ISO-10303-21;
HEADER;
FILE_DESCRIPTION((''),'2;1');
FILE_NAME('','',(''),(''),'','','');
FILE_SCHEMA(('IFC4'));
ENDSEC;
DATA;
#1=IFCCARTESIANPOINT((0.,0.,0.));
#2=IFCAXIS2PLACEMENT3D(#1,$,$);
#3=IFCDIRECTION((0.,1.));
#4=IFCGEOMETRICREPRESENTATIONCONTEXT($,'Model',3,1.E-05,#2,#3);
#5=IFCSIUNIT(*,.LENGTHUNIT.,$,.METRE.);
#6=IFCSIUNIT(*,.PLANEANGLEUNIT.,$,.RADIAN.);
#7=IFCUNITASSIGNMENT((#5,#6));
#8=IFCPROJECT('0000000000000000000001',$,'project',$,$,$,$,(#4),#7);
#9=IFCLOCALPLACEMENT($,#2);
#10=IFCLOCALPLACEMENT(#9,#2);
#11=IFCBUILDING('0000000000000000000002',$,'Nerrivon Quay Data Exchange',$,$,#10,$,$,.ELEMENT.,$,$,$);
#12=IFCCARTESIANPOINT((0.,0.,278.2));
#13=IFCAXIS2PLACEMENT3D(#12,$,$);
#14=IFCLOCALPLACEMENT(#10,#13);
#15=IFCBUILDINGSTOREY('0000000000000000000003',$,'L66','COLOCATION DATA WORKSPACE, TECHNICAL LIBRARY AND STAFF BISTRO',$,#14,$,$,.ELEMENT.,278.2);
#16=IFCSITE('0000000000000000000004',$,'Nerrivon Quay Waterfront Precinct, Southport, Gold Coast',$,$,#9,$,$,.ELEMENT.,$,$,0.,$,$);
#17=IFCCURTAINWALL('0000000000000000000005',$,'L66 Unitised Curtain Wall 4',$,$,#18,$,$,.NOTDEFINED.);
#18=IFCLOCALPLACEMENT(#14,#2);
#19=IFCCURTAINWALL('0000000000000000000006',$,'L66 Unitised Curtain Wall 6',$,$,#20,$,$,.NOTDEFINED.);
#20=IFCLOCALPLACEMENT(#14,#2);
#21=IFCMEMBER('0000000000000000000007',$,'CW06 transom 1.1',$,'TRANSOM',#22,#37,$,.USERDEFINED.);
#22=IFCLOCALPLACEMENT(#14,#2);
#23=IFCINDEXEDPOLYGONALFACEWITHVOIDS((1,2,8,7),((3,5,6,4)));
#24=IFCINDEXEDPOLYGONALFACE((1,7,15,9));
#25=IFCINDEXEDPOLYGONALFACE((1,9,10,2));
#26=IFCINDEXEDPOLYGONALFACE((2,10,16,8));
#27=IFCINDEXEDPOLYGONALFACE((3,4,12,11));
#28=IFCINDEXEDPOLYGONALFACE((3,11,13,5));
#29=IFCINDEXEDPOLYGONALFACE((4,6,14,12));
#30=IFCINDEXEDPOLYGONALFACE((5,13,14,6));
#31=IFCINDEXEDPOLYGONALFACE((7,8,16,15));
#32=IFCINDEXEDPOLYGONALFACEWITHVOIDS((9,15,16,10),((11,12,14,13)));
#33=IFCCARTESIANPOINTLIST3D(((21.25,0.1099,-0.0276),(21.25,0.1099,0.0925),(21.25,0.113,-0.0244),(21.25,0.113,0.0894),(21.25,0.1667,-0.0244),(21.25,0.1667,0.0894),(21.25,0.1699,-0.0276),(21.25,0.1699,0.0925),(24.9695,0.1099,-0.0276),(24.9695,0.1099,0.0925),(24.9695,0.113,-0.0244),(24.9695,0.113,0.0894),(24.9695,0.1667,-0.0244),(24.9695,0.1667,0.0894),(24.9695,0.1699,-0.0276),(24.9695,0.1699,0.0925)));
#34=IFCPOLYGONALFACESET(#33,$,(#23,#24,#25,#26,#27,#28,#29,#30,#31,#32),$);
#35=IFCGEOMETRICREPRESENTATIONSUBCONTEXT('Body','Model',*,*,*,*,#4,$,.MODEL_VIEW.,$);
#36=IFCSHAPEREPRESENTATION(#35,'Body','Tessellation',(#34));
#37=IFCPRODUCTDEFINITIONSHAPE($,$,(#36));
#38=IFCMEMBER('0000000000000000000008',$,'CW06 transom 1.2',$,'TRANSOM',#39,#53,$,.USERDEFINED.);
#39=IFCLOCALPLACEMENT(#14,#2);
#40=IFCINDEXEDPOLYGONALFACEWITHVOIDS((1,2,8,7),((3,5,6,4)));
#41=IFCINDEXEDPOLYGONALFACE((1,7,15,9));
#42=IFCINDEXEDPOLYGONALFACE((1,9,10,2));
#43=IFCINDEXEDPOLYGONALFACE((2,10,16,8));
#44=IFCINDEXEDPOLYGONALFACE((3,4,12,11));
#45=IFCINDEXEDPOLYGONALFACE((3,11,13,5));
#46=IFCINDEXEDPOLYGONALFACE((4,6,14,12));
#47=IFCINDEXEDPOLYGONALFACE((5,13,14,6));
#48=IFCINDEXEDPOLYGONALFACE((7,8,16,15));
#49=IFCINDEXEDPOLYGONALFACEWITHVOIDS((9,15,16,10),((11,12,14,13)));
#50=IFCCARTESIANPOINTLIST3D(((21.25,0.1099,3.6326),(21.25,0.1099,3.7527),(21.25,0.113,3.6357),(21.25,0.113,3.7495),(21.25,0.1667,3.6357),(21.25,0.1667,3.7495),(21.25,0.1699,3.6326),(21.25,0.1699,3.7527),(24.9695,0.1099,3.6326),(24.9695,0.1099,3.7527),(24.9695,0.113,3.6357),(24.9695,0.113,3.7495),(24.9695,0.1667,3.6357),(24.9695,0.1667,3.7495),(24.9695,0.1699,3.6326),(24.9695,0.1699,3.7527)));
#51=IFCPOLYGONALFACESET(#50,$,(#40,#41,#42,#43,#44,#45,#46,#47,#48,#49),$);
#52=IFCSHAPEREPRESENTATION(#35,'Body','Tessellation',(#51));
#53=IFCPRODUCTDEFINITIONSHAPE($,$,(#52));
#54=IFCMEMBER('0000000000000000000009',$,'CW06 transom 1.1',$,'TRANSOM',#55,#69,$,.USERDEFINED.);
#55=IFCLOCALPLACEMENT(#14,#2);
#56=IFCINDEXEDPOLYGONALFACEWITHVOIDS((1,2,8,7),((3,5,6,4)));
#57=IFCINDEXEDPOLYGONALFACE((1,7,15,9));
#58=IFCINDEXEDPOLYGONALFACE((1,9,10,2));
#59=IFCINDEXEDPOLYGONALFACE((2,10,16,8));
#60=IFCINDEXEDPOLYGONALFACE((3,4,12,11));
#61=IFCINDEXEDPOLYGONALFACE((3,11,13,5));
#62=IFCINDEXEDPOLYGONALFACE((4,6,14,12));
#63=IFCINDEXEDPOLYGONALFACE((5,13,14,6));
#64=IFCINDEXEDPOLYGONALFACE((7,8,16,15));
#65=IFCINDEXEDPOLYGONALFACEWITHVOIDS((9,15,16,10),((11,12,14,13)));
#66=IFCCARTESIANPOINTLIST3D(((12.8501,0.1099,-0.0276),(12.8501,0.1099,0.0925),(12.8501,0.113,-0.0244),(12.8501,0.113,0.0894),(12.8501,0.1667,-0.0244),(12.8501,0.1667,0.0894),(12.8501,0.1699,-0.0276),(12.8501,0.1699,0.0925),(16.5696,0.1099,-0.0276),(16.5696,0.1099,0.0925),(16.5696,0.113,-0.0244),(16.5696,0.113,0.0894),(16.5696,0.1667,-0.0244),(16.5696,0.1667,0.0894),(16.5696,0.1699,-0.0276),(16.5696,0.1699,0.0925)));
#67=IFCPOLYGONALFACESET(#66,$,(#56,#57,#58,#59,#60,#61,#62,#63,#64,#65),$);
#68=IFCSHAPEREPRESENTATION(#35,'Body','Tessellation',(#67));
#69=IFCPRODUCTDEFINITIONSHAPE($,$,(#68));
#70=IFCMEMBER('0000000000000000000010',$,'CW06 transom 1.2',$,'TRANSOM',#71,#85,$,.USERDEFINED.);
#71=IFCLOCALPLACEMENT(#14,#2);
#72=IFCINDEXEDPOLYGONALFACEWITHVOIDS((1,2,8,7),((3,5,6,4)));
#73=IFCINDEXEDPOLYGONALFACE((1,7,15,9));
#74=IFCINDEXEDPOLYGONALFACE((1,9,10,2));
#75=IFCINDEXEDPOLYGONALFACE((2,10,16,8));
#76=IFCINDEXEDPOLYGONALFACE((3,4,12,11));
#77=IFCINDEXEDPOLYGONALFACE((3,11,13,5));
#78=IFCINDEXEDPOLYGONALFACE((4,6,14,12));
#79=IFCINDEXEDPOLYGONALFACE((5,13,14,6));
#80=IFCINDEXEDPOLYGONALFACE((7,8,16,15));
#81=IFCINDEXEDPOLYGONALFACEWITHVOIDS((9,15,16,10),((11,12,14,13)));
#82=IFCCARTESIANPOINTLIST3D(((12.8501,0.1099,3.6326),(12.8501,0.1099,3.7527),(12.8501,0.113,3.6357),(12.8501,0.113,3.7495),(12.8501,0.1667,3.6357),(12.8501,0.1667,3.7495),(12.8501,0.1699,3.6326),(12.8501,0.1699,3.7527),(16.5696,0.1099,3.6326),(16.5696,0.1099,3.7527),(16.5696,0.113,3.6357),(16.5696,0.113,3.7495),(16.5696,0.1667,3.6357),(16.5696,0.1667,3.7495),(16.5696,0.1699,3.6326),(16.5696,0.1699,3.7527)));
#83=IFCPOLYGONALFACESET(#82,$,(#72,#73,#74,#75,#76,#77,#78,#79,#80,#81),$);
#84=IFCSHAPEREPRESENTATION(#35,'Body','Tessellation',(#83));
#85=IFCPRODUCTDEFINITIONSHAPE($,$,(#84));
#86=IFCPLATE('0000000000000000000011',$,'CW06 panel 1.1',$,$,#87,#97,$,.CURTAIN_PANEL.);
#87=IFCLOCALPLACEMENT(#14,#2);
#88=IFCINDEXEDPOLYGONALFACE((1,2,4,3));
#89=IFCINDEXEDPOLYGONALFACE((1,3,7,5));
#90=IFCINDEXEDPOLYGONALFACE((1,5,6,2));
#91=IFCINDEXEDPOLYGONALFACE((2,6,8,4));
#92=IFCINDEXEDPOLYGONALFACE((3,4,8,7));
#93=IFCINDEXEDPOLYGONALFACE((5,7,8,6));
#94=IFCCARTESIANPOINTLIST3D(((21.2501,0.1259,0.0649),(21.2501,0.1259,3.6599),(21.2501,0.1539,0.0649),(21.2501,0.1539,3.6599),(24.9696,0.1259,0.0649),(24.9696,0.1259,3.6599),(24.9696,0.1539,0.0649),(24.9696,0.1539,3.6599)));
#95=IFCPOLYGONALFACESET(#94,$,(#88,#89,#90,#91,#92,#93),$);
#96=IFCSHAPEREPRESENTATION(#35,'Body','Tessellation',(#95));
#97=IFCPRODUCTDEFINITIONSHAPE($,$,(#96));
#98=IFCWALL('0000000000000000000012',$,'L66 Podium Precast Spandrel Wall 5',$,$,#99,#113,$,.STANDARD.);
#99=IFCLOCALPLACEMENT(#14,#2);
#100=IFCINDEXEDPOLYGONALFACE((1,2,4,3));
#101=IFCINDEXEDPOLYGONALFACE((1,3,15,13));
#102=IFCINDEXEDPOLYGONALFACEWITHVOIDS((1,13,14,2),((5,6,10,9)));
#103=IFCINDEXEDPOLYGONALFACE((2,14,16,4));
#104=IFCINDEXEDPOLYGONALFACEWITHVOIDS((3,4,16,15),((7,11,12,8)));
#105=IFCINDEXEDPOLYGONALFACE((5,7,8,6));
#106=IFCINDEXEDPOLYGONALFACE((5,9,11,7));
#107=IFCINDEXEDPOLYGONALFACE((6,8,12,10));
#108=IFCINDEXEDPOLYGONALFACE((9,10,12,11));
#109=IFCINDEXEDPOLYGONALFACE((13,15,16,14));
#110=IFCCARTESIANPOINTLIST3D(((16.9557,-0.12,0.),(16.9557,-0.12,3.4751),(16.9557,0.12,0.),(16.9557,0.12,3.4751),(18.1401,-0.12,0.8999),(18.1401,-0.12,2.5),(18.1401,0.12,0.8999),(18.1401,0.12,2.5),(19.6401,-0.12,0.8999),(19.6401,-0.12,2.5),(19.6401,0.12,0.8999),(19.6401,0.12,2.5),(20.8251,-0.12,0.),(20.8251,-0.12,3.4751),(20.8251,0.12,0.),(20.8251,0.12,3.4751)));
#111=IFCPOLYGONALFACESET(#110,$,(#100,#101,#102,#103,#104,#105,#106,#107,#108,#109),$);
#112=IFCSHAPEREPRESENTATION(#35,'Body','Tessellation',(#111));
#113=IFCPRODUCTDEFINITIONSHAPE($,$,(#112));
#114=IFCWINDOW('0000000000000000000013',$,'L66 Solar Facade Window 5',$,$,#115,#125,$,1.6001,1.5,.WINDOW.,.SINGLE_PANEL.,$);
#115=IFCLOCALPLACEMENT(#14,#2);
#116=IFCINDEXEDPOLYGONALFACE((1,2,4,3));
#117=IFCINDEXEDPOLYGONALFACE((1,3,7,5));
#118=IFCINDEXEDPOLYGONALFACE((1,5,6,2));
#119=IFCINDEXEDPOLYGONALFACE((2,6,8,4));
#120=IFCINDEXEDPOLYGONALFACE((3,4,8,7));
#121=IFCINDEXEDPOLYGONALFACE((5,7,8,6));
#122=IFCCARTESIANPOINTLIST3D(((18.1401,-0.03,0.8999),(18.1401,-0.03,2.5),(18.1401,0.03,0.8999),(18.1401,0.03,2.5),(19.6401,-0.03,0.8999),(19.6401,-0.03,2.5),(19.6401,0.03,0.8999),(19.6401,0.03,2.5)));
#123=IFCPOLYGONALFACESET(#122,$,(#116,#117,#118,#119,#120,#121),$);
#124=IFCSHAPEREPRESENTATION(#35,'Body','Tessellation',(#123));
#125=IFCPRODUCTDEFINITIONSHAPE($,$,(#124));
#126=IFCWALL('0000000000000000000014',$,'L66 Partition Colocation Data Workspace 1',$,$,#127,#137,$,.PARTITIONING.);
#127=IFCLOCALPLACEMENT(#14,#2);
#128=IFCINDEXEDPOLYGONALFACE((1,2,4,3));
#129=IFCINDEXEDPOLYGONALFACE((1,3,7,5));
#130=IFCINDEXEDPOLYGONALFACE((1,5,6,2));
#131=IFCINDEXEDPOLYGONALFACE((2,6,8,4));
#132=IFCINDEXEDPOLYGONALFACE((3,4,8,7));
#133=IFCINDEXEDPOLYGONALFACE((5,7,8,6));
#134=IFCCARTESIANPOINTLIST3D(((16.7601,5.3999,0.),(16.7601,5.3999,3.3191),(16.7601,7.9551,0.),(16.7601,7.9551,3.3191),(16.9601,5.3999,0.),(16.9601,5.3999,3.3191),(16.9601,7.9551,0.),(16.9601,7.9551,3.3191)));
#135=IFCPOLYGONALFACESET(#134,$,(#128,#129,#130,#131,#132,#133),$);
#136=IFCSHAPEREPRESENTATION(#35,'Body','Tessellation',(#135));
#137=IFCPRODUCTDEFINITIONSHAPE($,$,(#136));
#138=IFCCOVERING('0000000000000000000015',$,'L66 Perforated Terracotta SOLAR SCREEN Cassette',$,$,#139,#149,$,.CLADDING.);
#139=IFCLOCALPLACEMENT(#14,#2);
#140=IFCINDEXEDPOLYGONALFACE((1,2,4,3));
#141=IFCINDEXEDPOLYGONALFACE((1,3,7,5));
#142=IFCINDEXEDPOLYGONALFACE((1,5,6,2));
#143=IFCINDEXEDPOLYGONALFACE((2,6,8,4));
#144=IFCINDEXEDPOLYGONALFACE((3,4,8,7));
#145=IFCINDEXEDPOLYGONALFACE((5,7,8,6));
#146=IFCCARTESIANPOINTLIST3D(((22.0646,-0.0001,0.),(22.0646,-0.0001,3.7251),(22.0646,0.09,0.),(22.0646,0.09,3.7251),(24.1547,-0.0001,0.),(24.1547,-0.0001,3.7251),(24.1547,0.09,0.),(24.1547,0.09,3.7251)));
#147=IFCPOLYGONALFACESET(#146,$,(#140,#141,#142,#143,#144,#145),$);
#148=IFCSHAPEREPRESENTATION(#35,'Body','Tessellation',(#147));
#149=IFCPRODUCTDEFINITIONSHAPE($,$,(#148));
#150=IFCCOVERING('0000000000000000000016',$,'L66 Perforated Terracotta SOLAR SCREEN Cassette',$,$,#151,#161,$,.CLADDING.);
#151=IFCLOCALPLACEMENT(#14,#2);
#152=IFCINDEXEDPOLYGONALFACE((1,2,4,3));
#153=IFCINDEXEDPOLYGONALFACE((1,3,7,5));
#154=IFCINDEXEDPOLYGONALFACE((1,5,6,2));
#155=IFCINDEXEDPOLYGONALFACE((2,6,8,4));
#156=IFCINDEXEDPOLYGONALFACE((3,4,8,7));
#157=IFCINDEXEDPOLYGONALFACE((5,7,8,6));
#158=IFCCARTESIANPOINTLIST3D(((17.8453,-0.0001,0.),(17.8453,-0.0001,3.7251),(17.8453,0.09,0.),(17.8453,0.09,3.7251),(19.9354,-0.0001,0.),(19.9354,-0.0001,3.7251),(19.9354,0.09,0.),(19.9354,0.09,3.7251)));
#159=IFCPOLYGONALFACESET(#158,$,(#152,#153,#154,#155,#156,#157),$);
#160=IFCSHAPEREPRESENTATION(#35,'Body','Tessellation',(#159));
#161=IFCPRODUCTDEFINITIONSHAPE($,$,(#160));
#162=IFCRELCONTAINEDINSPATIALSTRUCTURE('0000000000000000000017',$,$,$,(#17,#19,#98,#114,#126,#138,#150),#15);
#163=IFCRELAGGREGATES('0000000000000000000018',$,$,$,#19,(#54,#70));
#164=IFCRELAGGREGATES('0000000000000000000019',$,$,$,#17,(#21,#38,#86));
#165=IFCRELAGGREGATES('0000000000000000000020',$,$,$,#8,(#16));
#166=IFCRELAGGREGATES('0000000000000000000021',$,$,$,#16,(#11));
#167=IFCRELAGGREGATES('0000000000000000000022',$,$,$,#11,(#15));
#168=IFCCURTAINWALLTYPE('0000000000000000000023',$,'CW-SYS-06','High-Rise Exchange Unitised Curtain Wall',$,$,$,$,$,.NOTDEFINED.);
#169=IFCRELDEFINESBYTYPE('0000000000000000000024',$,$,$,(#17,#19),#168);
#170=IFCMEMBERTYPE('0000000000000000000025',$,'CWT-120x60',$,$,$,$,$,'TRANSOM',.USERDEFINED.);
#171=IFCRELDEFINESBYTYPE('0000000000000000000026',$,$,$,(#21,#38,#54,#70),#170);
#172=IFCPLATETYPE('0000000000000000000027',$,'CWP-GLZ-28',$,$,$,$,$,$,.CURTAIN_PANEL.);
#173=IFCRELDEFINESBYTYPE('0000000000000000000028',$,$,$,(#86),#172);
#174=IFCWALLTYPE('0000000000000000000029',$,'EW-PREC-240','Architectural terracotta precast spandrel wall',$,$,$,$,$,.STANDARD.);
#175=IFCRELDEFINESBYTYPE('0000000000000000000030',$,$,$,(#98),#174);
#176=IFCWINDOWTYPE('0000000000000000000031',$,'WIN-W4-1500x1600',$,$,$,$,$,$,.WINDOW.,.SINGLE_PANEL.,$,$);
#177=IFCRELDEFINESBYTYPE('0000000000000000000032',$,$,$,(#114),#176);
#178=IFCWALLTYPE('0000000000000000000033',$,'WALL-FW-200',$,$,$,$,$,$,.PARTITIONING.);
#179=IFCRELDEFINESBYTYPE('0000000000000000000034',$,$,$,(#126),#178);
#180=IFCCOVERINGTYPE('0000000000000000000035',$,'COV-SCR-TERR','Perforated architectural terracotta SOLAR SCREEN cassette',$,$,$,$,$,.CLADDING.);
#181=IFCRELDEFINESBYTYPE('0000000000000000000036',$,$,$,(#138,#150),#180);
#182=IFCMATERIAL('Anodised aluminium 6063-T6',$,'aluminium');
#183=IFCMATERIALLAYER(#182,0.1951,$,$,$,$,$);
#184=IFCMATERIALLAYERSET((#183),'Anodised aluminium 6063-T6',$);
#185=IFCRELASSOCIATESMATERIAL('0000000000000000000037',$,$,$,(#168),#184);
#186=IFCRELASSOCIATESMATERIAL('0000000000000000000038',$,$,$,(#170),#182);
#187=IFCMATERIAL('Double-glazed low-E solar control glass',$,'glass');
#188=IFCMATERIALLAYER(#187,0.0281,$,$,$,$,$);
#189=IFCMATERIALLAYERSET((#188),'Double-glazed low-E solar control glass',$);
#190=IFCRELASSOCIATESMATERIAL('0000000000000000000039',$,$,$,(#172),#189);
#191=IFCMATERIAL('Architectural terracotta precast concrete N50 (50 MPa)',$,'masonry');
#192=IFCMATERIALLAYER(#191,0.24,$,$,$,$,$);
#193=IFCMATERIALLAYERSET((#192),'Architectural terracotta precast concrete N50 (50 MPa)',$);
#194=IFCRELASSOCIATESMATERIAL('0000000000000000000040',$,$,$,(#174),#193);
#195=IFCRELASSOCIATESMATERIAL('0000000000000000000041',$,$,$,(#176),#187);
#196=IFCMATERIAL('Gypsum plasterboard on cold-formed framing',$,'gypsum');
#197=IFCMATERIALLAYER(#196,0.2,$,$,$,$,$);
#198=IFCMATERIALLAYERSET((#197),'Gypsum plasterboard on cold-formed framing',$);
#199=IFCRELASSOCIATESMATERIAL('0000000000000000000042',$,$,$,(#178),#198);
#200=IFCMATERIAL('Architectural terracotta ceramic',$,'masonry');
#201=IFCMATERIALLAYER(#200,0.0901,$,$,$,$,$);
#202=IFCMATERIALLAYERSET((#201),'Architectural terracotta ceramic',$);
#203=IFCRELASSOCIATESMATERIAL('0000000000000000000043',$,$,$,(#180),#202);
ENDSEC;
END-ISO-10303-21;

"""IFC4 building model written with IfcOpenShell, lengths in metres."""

from ifc_helpers import new_model, si_unit, direction, frame, frame_2d, origin, origin_2d, place, context, subcontext, project, spatial, rectangle, hollow_rectangle, extrude, material, layer, layer_set, material_profile, profile_set, type_object, element, fill, aggregate, save


model = new_model("IFC4")

# Units and contexts
model_context = context("Model", 3, precision=1e-05, world=origin(), true_north=direction((0.0, 1.0)))
body_context = subcontext(model_context, "Body", "Model", "MODEL_VIEW")
ifc_project = project(units=[si_unit("LENGTHUNIT", "METRE"), si_unit("PLANEANGLEUNIT", "RADIAN")], contexts=[model_context])

# Site, building, storey
site_placement = place(None, origin())
site = spatial("IfcSite", under=ifc_project, at=site_placement, Name="Nerrivon Quay Waterfront Precinct, Southport, Gold Coast", CompositionType="ELEMENT", RefElevation=0.0)
building_placement = place(site_placement, origin())
building = spatial("IfcBuilding", under=site, at=building_placement, Name="Nerrivon Quay Data Exchange", CompositionType="ELEMENT")
storey_placement = place(building_placement, frame((0.0, 0.0, 278.2)))
storey = spatial("IfcBuildingStorey", under=building, at=storey_placement, Name="L66", Description="COLOCATION DATA WORKSPACE, TECHNICAL LIBRARY AND STAFF BISTRO", CompositionType="ELEMENT", Elevation=278.2)

# Curtain wall
ifc_material_1 = material(Name="Anodised aluminium 6063-T6", Category="aluminium")
ifc_layer_1 = layer(ifc_material_1, 0.1951)
ifc_layer_set_1 = layer_set([ifc_layer_1], Name="Anodised aluminium 6063-T6")
curtain_wall_type = type_object("IfcCurtainWallType", Name="CW-SYS-06", Description="High-Rise Exchange Unitised Curtain Wall", PredefinedType="NOTDEFINED", material=ifc_layer_set_1)
curtain_wall_1_placement = place(storey_placement, origin())
curtain_wall_1 = element("IfcCurtainWall", 1, at=curtain_wall_1_placement, inside=storey, type_object=curtain_wall_type, Name="L66 Unitised Curtain Wall 4", PredefinedType="NOTDEFINED")

# Curtain wall
curtain_wall_2_placement = place(storey_placement, origin())
curtain_wall_2 = element("IfcCurtainWall", 2, at=curtain_wall_2_placement, inside=storey, type_object=curtain_wall_type, Name="L66 Unitised Curtain Wall 6", PredefinedType="NOTDEFINED")

# Members
ifc_material_profile_1 = material_profile(ifc_material_1, hollow_rectangle(XDim=0.0601, YDim=0.1201, WallThickness=0.0032, at=origin_2d()), Name="ALU-TRAN-120x60")
ifc_profile_set_1 = profile_set([ifc_material_profile_1], Name="Anodised aluminium 6063-T6")
member_type_1 = type_object("IfcMemberType", Name="CWT-120x60", ElementType="TRANSOM", PredefinedType="USERDEFINED", material=ifc_profile_set_1)
member_1_placement = place(storey_placement, frame((24.9695, 0.1399, 0.0325), z_axis=(-1.0, 0.0, 0.0), x_axis=(0.0, -1.0, 0.0)))
member_1 = element("IfcMember", 3, at=member_1_placement, type_object=member_type_1, Name="CW06 transom 1.1", ObjectType="TRANSOM", PredefinedType="USERDEFINED", context=body_context, shape_type="SweptSolid", body=[
    extrude(hollow_rectangle(XDim=0.0601, YDim=0.1201, WallThickness=0.0032, at=origin_2d()), origin(), (0.0, 0.0, 1.0), 3.7195),
])
member_2_placement = place(storey_placement, frame((24.9695, 0.1399, 3.6926), z_axis=(-1.0, 0.0, 0.0), x_axis=(0.0, -1.0, 0.0)))
member_2 = element("IfcMember", 4, at=member_2_placement, type_object=member_type_1, Name="CW06 transom 1.2", ObjectType="TRANSOM", PredefinedType="USERDEFINED", context=body_context, shape_type="SweptSolid", body=[
    extrude(hollow_rectangle(XDim=0.0601, YDim=0.1201, WallThickness=0.0032, at=origin_2d()), origin(), (0.0, 0.0, 1.0), 3.7195),
])
member_3_placement = place(storey_placement, frame((16.5696, 0.1399, 0.0325), z_axis=(-1.0, 0.0, 0.0), x_axis=(0.0, -1.0, 0.0)))
member_3 = element("IfcMember", 5, at=member_3_placement, type_object=member_type_1, Name="CW06 transom 1.1", ObjectType="TRANSOM", PredefinedType="USERDEFINED", context=body_context, shape_type="SweptSolid", body=[
    extrude(hollow_rectangle(XDim=0.0601, YDim=0.1201, WallThickness=0.0032, at=origin_2d()), origin(), (0.0, 0.0, 1.0), 3.7195),
])
member_4_placement = place(storey_placement, frame((16.5696, 0.1399, 3.6926), z_axis=(-1.0, 0.0, 0.0), x_axis=(0.0, -1.0, 0.0)))
member_4 = element("IfcMember", 6, at=member_4_placement, type_object=member_type_1, Name="CW06 transom 1.2", ObjectType="TRANSOM", PredefinedType="USERDEFINED", context=body_context, shape_type="SweptSolid", body=[
    extrude(hollow_rectangle(XDim=0.0601, YDim=0.1201, WallThickness=0.0032, at=origin_2d()), origin(), (0.0, 0.0, 1.0), 3.7195),
])
aggregate(curtain_wall_2, [member_3, member_4])

# Plate
ifc_material_2 = material(Name="Double-glazed low-E solar control glass", Category="glass")
ifc_layer_2 = layer(ifc_material_2, 0.0281)
ifc_layer_set_2 = layer_set([ifc_layer_2], Name="Double-glazed low-E solar control glass")
plate_type = type_object("IfcPlateType", Name="CWP-GLZ-28", PredefinedType="CURTAIN_PANEL", material=ifc_layer_set_2)
plate_placement = place(storey_placement, frame((23.1099, 0.1399, 0.0649), z_axis=(0.0, 0.0, 1.0), x_axis=(-1.0, 0.0, 0.0)))
plate = element("IfcPlate", 7, at=plate_placement, type_object=plate_type, Name="CW06 panel 1.1", PredefinedType="CURTAIN_PANEL", context=body_context, shape_type="SweptSolid", body=[
    extrude(rectangle(XDim=3.7195, YDim=0.0281, at=origin_2d()), origin(), (0.0, 0.0, 1.0), 3.595),
])
aggregate(curtain_wall_1, [member_1, member_2, plate])

# Wall, opening, window
ifc_material_3 = material(Name="Architectural terracotta precast concrete N50 (50 MPa)", Category="masonry")
ifc_layer_3 = layer(ifc_material_3, 0.24)
ifc_layer_set_3 = layer_set([ifc_layer_3], Name="Architectural terracotta precast concrete N50 (50 MPa)")
wall_type_1 = type_object("IfcWallType", Name="EW-PREC-240", Description="Architectural terracotta precast spandrel wall", PredefinedType="STANDARD", material=ifc_layer_set_3)
wall_1_placement = place(storey_placement, frame((20.825, 0.0, 0.0), z_axis=(0.0, 0.0, 1.0), x_axis=(-1.0, 0.0, 0.0)))
wall_1 = element("IfcWall", 8, at=wall_1_placement, inside=storey, type_object=wall_type_1, Name="L66 Podium Precast Spandrel Wall 5", PredefinedType="STANDARD", context=body_context, shape_type="SweptSolid", body=[
    extrude(rectangle(XDim=3.8694, YDim=0.24, at=frame_2d((1.9346, 0.0))), origin(), (0.0, 0.0, 1.0), 3.4751),
])
opening_placement = place(wall_1_placement, frame((1.1848, 0.0, 0.8999)))
opening = element("IfcOpeningElement", 9, at=opening_placement, cuts=wall_1, PredefinedType="OPENING", context=body_context, shape_type="SweptSolid", body=[
    extrude(rectangle(XDim=1.5, YDim=1.6001, at=frame_2d((0.75, 0.8))), frame((0.0, 0.1299, 0.0), z_axis=(0.0, -1.0, 0.0), x_axis=(1.0, 0.0, 0.0)), (0.0, 0.0, 1.0), 0.26),
])
window_type = type_object("IfcWindowType", Name="WIN-W4-1500x1600", PartitioningType="SINGLE_PANEL", PredefinedType="WINDOW", material=ifc_material_2)
window_placement = place(opening_placement, origin())
window = element("IfcWindow", 10, at=window_placement, inside=storey, type_object=window_type, Name="L66 Solar Facade Window 5", OverallHeight=1.6001, OverallWidth=1.5, PartitioningType="SINGLE_PANEL", PredefinedType="WINDOW", context=body_context, shape_type="SweptSolid", body=[
    extrude(rectangle(XDim=1.5, YDim=1.6001, at=frame_2d((0.75, 0.8))), frame((0.0, 0.03, 0.0), z_axis=(0.0, -1.0, 0.0), x_axis=(1.0, 0.0, 0.0)), (0.0, 0.0, 1.0), 0.0601),
])
fill(opening, window)

# Wall
ifc_material_4 = material(Name="Gypsum plasterboard on cold-formed framing", Category="gypsum")
ifc_layer_4 = layer(ifc_material_4, 0.2)
ifc_layer_set_4 = layer_set([ifc_layer_4], Name="Gypsum plasterboard on cold-formed framing")
wall_type_2 = type_object("IfcWallType", Name="WALL-FW-200", PredefinedType="PARTITIONING", material=ifc_layer_set_4)
wall_2_placement = place(storey_placement, frame((16.8601, 7.9551, 0.0), z_axis=(0.0, 0.0, 1.0), x_axis=(0.0, -1.0, 0.0)))
element("IfcWall", 11, at=wall_2_placement, inside=storey, type_object=wall_type_2, Name="L66 Partition Colocation Data Workspace 1", PredefinedType="PARTITIONING", context=body_context, shape_type="SweptSolid", body=[
    extrude(rectangle(XDim=2.5552, YDim=0.2, at=frame_2d((1.2776, 0.0))), origin(), (0.0, 0.0, 1.0), 3.3191),
])

# Coverings
ifc_material_5 = material(Name="Architectural terracotta ceramic", Category="masonry")
ifc_layer_5 = layer(ifc_material_5, 0.0901)
ifc_layer_set_5 = layer_set([ifc_layer_5], Name="Architectural terracotta ceramic")
covering_type = type_object("IfcCoveringType", Name="COV-SCR-TERR", Description="Perforated architectural terracotta SOLAR SCREEN cassette", PredefinedType="CLADDING", material=ifc_layer_set_5)
for number, where, z_axis, x_axis, name in (
    (12, (23.1096, 0.0449, 0.0), (0.0, 0.0, 1.0), (-1.0, 0.0, 0.0), "L66 Perforated Terracotta SOLAR SCREEN Cassette"),
    (13, (18.8904, 0.0449, 0.0), (0.0, 0.0, 1.0), (-1.0, 0.0, 0.0), "L66 Perforated Terracotta SOLAR SCREEN Cassette"),
):
    element("IfcCovering", number, at=place(storey_placement, frame(where, z_axis=z_axis, x_axis=x_axis)), inside=storey, type_object=covering_type, Name=name, PredefinedType="CLADDING", context=body_context, shape_type="SweptSolid", body=[
        extrude(rectangle(XDim=2.0901, YDim=0.0901, at=origin_2d()), origin(), (0.0, 0.0, 1.0), 3.7251),
    ])

save(model, "model.ifc")
